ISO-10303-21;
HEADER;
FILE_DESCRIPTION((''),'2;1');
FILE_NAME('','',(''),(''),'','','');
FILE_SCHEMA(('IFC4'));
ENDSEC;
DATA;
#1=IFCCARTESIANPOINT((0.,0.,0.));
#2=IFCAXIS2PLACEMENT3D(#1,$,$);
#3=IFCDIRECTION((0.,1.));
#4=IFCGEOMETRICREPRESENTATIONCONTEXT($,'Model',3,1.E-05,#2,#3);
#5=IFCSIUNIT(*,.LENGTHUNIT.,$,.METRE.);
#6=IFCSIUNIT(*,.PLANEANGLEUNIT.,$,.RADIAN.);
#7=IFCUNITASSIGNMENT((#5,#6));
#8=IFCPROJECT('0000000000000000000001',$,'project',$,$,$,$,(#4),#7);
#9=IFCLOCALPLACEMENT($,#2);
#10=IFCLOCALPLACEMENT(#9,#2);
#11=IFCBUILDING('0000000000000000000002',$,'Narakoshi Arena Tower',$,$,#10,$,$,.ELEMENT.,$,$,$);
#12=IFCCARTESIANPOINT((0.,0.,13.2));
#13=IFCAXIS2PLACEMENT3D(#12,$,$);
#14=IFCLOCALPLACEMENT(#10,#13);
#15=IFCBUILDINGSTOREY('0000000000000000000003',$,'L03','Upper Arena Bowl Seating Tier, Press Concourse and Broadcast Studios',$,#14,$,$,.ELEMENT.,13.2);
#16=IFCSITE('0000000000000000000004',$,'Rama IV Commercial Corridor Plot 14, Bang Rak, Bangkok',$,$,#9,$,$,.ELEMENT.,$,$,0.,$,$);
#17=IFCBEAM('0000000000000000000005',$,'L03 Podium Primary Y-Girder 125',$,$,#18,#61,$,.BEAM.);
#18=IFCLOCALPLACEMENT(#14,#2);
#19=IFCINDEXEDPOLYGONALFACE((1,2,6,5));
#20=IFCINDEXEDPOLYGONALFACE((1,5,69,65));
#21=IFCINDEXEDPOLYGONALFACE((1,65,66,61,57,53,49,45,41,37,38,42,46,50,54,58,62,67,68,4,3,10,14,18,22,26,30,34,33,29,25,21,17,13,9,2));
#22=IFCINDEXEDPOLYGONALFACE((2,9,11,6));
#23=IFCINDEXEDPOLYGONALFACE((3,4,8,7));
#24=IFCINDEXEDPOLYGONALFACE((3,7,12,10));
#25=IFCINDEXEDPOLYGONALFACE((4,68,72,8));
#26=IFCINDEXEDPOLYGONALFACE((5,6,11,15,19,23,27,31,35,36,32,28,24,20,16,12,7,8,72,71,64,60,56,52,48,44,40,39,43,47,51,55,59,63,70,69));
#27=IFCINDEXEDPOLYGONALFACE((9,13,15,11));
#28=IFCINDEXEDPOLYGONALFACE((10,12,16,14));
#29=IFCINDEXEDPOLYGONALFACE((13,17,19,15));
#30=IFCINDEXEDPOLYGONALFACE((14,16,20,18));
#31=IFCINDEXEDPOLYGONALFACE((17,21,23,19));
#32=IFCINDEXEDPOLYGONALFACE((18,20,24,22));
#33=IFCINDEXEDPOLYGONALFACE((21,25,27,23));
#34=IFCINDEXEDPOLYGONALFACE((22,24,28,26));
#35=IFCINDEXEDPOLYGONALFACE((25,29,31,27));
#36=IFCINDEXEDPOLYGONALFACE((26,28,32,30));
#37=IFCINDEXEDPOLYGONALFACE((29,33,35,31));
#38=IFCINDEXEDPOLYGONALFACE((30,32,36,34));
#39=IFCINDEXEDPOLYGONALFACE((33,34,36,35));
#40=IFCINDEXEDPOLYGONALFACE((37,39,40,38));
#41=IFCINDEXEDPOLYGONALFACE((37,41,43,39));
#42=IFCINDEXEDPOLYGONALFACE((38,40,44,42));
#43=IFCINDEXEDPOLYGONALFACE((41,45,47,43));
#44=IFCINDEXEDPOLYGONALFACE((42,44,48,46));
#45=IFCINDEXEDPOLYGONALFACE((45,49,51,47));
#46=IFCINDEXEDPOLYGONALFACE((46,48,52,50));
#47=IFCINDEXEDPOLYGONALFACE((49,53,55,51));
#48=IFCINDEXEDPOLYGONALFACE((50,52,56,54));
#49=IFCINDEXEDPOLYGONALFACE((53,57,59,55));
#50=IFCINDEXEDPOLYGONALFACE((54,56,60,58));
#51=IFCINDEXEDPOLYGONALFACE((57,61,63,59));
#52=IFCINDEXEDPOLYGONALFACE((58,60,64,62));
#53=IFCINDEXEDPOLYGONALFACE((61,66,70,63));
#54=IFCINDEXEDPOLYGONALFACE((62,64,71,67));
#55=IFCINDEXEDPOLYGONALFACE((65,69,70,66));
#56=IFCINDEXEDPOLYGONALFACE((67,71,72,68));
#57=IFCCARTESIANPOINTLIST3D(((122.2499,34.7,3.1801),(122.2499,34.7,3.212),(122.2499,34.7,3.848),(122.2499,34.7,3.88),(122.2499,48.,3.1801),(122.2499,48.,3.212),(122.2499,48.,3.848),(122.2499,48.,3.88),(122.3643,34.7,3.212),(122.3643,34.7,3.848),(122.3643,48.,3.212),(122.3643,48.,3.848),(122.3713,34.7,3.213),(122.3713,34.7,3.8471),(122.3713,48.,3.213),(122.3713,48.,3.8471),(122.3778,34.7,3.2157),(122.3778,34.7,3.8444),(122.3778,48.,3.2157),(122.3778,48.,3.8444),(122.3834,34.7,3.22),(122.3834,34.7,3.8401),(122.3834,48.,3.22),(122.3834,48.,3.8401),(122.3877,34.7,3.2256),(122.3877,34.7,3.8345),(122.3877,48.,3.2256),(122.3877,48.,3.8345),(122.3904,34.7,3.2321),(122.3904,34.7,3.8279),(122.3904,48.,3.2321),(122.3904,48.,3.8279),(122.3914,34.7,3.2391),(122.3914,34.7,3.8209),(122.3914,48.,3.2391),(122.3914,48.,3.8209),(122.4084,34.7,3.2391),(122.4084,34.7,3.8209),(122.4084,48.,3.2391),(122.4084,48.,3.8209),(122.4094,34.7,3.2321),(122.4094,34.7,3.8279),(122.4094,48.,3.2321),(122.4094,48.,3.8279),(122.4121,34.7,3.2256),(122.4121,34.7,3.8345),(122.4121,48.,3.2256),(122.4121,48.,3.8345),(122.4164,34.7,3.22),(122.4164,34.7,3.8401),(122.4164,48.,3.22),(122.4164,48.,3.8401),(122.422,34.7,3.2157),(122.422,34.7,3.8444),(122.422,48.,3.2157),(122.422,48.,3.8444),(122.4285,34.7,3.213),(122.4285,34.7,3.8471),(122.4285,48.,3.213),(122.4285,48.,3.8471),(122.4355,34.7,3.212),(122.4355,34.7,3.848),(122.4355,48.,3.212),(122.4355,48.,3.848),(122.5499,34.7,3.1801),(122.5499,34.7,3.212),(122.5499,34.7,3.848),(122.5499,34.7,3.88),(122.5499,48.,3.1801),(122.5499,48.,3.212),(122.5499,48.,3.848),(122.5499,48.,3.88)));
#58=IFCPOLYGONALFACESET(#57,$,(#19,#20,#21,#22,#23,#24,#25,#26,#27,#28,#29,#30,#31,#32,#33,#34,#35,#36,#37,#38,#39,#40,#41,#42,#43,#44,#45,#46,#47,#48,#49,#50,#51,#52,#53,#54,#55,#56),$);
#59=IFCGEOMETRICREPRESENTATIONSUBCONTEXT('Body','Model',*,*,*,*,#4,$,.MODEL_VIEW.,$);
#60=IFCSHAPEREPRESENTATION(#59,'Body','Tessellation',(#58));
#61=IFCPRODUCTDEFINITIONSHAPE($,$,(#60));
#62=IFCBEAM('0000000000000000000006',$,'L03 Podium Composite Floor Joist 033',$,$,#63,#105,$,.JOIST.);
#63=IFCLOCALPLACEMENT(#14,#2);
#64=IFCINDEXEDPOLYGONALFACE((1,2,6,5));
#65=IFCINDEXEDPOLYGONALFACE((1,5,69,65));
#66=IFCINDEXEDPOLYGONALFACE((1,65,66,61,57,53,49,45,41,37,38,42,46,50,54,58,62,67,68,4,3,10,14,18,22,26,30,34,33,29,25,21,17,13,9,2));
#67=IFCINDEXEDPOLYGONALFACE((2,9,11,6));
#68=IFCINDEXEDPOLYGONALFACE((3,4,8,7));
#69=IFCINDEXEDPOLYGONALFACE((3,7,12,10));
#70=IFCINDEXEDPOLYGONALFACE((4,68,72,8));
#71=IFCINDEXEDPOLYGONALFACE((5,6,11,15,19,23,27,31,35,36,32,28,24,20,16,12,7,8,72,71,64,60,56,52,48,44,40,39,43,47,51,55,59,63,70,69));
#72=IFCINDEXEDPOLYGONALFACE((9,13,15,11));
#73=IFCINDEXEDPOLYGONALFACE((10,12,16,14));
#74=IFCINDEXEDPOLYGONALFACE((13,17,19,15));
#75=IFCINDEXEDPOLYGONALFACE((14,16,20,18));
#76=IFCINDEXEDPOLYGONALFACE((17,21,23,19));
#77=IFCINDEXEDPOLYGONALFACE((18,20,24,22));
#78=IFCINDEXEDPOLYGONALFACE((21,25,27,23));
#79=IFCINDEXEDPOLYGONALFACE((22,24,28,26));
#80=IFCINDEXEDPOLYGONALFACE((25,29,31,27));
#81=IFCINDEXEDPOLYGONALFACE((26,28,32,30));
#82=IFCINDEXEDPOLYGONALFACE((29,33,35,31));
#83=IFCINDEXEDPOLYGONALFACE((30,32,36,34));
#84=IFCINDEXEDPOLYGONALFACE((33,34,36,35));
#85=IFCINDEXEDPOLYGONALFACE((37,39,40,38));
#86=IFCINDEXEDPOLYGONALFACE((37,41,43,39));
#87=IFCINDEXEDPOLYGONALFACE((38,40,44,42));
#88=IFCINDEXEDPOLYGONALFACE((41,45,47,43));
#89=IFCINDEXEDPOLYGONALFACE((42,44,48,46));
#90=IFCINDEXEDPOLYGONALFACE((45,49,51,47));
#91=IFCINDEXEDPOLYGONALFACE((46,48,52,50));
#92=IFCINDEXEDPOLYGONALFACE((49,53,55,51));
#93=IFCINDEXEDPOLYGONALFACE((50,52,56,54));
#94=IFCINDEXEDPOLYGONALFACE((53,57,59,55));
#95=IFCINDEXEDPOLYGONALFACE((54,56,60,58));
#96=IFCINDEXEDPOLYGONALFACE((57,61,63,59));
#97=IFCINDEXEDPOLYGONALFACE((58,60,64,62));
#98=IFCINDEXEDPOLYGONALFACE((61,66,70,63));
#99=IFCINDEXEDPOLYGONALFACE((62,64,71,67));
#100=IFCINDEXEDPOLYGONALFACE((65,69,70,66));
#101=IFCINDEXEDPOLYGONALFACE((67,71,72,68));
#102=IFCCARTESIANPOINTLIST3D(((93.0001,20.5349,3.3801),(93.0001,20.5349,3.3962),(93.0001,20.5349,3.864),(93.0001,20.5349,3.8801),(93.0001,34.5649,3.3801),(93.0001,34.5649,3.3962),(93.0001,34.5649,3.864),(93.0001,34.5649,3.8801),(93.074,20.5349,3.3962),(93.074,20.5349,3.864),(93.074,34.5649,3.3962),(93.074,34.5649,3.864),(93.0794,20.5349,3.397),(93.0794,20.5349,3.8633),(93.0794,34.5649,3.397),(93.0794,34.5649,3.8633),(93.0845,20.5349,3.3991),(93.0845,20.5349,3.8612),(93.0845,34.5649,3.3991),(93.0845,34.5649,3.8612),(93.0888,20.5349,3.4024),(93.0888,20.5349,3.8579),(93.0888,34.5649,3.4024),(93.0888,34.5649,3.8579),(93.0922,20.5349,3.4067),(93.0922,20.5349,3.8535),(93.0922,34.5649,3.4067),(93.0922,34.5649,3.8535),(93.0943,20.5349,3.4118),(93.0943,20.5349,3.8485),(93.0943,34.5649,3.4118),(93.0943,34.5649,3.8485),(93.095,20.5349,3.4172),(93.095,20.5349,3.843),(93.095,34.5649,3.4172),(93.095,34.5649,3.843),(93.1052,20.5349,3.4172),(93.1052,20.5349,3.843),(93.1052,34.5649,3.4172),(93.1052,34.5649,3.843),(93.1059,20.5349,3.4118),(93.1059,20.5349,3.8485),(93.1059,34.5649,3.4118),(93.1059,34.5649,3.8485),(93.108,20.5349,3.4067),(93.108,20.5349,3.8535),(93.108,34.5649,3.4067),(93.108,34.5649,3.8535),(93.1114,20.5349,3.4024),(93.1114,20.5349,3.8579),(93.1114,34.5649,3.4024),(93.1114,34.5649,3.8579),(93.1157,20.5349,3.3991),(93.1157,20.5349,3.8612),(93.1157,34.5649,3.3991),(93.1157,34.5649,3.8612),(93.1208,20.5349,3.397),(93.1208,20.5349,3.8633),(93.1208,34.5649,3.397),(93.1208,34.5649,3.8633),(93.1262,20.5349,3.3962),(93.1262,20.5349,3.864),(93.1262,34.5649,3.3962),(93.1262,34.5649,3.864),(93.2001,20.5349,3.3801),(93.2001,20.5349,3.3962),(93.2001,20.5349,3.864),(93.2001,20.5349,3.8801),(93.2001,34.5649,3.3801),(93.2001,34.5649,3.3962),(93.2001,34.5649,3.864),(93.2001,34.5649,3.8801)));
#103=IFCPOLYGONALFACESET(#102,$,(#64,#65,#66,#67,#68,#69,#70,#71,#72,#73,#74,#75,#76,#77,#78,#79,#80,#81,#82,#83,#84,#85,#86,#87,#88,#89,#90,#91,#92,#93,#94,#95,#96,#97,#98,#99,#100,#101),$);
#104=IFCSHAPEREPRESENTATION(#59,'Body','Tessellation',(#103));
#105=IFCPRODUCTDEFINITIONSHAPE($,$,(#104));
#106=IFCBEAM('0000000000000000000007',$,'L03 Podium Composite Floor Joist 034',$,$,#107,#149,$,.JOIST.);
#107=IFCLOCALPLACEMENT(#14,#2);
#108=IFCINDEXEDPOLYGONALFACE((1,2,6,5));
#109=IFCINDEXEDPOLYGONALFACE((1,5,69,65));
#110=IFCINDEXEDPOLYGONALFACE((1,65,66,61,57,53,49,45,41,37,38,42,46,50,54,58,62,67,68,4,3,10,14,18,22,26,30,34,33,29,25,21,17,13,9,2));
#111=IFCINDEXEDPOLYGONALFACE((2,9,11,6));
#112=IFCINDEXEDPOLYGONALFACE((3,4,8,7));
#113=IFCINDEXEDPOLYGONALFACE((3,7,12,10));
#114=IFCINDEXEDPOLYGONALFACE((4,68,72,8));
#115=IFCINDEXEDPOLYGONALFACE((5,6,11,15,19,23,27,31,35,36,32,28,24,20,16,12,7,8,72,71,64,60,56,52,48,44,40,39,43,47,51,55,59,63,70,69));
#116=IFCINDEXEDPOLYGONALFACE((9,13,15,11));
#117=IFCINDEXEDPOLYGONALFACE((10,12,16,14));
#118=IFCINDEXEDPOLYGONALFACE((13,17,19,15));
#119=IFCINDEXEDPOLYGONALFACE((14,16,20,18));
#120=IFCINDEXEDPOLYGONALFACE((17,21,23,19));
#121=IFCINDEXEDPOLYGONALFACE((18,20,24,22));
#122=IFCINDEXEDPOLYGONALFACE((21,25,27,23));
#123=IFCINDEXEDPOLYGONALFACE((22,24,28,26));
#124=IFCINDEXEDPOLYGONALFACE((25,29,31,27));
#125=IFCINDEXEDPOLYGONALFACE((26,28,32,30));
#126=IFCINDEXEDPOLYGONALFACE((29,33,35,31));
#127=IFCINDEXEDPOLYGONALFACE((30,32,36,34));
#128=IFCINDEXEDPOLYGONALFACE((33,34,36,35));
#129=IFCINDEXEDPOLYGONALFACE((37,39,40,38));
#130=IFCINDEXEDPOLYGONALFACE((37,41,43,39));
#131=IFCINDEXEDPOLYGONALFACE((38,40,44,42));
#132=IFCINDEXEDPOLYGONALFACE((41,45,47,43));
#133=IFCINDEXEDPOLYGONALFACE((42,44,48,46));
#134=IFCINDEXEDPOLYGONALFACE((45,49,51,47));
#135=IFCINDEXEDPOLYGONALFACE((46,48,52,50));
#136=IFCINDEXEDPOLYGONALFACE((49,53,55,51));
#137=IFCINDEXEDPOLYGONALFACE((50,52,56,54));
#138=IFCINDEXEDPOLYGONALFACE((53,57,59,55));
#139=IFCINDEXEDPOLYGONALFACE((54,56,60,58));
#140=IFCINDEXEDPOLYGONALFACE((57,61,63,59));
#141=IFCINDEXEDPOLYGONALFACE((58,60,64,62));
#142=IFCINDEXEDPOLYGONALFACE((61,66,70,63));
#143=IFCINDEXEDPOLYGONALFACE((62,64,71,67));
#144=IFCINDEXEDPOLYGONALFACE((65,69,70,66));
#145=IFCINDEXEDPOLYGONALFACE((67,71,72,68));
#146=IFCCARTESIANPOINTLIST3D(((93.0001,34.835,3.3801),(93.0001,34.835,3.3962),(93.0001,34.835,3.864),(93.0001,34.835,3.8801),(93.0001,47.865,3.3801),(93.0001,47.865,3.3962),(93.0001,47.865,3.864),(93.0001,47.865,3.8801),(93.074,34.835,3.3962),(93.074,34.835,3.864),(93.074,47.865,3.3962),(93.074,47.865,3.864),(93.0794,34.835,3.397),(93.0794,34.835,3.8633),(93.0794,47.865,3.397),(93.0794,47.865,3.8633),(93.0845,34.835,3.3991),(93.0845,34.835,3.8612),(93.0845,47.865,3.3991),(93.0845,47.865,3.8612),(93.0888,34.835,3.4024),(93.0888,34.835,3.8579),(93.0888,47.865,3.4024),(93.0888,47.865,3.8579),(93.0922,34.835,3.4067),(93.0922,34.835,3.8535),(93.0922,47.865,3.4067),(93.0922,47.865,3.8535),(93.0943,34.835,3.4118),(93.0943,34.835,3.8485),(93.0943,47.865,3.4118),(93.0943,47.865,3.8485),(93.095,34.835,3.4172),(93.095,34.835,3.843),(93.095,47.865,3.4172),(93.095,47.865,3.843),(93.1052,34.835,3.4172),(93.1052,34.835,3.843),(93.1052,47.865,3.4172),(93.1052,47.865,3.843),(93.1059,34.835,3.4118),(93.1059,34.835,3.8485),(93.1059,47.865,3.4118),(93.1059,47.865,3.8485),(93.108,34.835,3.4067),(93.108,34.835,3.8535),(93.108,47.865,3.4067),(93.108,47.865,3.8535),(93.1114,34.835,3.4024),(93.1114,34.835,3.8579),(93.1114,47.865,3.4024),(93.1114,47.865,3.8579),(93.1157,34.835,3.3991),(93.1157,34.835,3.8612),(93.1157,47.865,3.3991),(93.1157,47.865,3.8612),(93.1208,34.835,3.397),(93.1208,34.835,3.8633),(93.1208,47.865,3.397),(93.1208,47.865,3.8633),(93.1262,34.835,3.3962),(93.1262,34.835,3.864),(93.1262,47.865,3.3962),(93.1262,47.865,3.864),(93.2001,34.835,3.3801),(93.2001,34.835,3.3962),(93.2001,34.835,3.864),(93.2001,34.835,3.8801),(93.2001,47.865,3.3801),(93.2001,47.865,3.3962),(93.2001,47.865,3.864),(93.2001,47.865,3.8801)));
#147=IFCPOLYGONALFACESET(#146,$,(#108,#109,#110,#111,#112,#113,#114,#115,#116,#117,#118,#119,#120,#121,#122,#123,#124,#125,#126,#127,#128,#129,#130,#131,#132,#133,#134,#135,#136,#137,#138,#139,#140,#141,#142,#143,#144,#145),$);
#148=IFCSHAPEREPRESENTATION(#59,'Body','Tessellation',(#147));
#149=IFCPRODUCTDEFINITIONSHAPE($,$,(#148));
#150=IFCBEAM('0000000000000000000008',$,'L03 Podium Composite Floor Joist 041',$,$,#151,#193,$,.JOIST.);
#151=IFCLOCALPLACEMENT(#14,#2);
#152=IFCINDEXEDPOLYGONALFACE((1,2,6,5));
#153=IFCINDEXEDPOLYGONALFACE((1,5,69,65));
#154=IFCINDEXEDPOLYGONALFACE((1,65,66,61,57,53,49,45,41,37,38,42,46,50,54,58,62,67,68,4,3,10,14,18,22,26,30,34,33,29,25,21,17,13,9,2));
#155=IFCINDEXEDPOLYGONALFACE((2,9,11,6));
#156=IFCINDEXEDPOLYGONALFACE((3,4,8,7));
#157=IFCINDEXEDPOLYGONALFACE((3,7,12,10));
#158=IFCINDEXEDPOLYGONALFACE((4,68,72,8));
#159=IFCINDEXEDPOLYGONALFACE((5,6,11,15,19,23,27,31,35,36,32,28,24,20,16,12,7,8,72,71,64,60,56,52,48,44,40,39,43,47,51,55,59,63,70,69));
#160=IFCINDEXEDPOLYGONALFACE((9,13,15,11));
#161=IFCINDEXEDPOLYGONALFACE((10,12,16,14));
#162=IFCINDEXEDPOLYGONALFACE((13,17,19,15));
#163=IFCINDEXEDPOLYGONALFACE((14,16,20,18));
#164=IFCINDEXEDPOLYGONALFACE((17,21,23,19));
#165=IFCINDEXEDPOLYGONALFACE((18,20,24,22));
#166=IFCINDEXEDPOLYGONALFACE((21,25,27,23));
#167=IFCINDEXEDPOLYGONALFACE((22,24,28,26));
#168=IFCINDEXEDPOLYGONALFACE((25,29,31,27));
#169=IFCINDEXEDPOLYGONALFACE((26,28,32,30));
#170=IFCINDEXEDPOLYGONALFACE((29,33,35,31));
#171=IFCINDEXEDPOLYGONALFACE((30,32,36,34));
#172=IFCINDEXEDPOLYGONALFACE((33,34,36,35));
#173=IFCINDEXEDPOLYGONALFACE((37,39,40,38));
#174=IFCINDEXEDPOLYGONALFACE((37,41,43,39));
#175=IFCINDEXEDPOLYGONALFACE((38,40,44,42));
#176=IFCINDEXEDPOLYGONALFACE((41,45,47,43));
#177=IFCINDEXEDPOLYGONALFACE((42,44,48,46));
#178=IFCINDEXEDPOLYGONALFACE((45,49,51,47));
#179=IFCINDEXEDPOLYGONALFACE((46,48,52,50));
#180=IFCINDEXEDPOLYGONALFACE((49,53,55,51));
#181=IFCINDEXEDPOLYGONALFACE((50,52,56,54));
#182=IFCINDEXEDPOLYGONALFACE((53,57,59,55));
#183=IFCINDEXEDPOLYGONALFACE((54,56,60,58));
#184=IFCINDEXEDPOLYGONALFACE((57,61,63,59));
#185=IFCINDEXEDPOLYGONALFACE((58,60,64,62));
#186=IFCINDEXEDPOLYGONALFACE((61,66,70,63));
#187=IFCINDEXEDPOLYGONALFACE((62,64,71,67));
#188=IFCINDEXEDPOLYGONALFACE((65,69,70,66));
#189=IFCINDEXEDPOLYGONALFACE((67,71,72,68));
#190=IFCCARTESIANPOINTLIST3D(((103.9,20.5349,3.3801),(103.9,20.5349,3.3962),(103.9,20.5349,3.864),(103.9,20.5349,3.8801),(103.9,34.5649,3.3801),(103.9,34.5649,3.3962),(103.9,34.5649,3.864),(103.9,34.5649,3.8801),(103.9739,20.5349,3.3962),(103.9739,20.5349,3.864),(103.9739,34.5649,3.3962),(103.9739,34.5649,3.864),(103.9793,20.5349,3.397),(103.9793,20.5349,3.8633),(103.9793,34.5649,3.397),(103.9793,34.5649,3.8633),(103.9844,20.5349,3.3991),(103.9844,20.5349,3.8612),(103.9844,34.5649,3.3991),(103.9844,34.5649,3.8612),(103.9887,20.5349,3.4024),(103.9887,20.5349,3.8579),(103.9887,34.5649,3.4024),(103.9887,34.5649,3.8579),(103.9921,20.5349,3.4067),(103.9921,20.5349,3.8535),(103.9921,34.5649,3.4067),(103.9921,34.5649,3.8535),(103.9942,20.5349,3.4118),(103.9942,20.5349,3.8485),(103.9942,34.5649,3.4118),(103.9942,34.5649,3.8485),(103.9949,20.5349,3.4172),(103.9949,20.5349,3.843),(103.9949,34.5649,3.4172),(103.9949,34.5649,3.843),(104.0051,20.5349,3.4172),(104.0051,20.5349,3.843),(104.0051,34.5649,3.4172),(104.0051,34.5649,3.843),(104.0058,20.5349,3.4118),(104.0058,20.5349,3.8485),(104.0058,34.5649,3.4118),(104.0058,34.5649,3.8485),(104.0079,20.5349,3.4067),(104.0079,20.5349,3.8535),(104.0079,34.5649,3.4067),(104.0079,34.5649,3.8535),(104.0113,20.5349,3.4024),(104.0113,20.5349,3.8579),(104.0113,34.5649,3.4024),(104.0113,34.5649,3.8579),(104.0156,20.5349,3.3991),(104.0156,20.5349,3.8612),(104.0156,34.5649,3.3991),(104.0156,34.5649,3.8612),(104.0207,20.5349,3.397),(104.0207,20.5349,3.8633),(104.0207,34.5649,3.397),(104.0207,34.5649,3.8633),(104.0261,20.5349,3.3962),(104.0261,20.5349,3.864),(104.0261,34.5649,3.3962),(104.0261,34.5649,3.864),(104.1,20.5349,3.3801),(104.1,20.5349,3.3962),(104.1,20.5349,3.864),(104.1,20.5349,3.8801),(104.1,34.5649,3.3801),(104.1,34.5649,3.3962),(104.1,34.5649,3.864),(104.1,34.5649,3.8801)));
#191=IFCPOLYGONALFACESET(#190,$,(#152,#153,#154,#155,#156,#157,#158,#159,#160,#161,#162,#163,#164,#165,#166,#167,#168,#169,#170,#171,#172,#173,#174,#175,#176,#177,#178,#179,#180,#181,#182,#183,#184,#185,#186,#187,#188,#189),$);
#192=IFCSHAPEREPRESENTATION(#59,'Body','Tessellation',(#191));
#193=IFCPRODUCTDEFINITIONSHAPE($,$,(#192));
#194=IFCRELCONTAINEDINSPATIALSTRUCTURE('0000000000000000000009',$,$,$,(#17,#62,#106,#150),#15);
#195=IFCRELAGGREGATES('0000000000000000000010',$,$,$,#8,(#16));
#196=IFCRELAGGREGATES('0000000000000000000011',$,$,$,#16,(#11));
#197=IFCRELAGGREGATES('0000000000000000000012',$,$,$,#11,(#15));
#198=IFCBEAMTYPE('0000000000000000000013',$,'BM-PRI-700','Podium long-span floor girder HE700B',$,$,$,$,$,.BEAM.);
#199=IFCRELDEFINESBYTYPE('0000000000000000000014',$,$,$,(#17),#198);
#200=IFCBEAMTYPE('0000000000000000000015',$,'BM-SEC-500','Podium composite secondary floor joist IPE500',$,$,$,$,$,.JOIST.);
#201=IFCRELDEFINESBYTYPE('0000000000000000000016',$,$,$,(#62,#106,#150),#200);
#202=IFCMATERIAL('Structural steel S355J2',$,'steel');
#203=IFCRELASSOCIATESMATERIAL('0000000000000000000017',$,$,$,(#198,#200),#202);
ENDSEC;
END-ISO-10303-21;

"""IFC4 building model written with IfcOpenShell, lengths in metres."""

from ifc_helpers import new_model, si_unit, direction, frame, origin, origin_2d, place, context, subcontext, project, spatial, i_section, extrude, material, material_profile, profile_set, type_object, element, save


model = new_model("IFC4")

# Units and contexts
model_context = context("Model", 3, precision=1e-05, world=origin(), true_north=direction((0.0, 1.0)))
body_context = subcontext(model_context, "Body", "Model", "MODEL_VIEW")
ifc_project = project(units=[si_unit("LENGTHUNIT", "METRE"), si_unit("PLANEANGLEUNIT", "RADIAN")], contexts=[model_context])

# Site, building, storey
site_placement = place(None, origin())
site = spatial("IfcSite", under=ifc_project, at=site_placement, Name="Rama IV Commercial Corridor Plot 14, Bang Rak, Bangkok", CompositionType="ELEMENT", RefElevation=0.0)
building_placement = place(site_placement, origin())
building = spatial("IfcBuilding", under=site, at=building_placement, Name="Narakoshi Arena Tower", CompositionType="ELEMENT")
storey_placement = place(building_placement, frame((0.0, 0.0, 13.2)))
storey = spatial("IfcBuildingStorey", under=building, at=storey_placement, Name="L03", Description="Upper Arena Bowl Seating Tier, Press Concourse and Broadcast Studios", CompositionType="ELEMENT", Elevation=13.2)

# Beams
ifc_material_1 = material(Name="Structural steel S355J2", Category="steel")
ifc_material_profile_1 = material_profile(ifc_material_1, i_section(OverallWidth=0.3, OverallDepth=0.7, WebThickness=0.0171, FlangeThickness=0.032, FilletRadius=0.0271, at=origin_2d()), Name="HE700B")
ifc_profile_set_1 = profile_set([ifc_material_profile_1], Name="Structural steel S355J2")
beam_type_1 = type_object("IfcBeamType", Name="BM-PRI-700", Description="Podium long-span floor girder HE700B", PredefinedType="BEAM", material=ifc_profile_set_1)
beam_1_placement = place(storey_placement, frame((122.3999, 34.7, 3.53), z_axis=(0.0, 1.0, 0.0), x_axis=(-1.0, 0.0, 0.0)))
element("IfcBeam", 1, at=beam_1_placement, inside=storey, type_object=beam_type_1, Name="L03 Podium Primary Y-Girder 125", PredefinedType="BEAM", context=body_context, shape_type="SweptSolid", body=[
    extrude(i_section(OverallWidth=0.3, OverallDepth=0.7, WebThickness=0.0171, FlangeThickness=0.032, FilletRadius=0.0271, at=origin_2d()), origin(), (0.0, 0.0, 1.0), 13.3),
])
ifc_material_profile_2 = material_profile(ifc_material_1, i_section(OverallWidth=0.2, OverallDepth=0.5, WebThickness=0.0103, FlangeThickness=0.0161, FilletRadius=0.021, at=origin_2d()), Name="IPE500")
ifc_profile_set_2 = profile_set([ifc_material_profile_2], Name="Structural steel S355J2")
beam_type_2 = type_object("IfcBeamType", Name="BM-SEC-500", Description="Podium composite secondary floor joist IPE500", PredefinedType="JOIST", material=ifc_profile_set_2)
beam_2_placement = place(storey_placement, frame((93.1001, 20.5349, 3.6301), z_axis=(0.0, 1.0, 0.0), x_axis=(-1.0, 0.0, 0.0)))
element("IfcBeam", 2, at=beam_2_placement, inside=storey, type_object=beam_type_2, Name="L03 Podium Composite Floor Joist 033", PredefinedType="JOIST", context=body_context, shape_type="SweptSolid", body=[
    extrude(i_section(OverallWidth=0.2, OverallDepth=0.5, WebThickness=0.0103, FlangeThickness=0.0161, FilletRadius=0.021, at=origin_2d()), origin(), (0.0, 0.0, 1.0), 14.03),
])
beam_3_placement = place(storey_placement, frame((93.1001, 34.835, 3.6301), z_axis=(0.0, 1.0, 0.0), x_axis=(-1.0, 0.0, 0.0)))
element("IfcBeam", 3, at=beam_3_placement, inside=storey, type_object=beam_type_2, Name="L03 Podium Composite Floor Joist 034", PredefinedType="JOIST", context=body_context, shape_type="SweptSolid", body=[
    extrude(i_section(OverallWidth=0.2, OverallDepth=0.5, WebThickness=0.0103, FlangeThickness=0.0161, FilletRadius=0.021, at=origin_2d()), origin(), (0.0, 0.0, 1.0), 13.03),
])
beam_4_placement = place(storey_placement, frame((104.0, 20.5349, 3.6301), z_axis=(0.0, 1.0, 0.0), x_axis=(-1.0, 0.0, 0.0)))
element("IfcBeam", 4, at=beam_4_placement, inside=storey, type_object=beam_type_2, Name="L03 Podium Composite Floor Joist 041", PredefinedType="JOIST", context=body_context, shape_type="SweptSolid", body=[
    extrude(i_section(OverallWidth=0.2, OverallDepth=0.5, WebThickness=0.0103, FlangeThickness=0.0161, FilletRadius=0.021, at=origin_2d()), origin(), (0.0, 0.0, 1.0), 14.03),
])

save(model, "model.ifc")
